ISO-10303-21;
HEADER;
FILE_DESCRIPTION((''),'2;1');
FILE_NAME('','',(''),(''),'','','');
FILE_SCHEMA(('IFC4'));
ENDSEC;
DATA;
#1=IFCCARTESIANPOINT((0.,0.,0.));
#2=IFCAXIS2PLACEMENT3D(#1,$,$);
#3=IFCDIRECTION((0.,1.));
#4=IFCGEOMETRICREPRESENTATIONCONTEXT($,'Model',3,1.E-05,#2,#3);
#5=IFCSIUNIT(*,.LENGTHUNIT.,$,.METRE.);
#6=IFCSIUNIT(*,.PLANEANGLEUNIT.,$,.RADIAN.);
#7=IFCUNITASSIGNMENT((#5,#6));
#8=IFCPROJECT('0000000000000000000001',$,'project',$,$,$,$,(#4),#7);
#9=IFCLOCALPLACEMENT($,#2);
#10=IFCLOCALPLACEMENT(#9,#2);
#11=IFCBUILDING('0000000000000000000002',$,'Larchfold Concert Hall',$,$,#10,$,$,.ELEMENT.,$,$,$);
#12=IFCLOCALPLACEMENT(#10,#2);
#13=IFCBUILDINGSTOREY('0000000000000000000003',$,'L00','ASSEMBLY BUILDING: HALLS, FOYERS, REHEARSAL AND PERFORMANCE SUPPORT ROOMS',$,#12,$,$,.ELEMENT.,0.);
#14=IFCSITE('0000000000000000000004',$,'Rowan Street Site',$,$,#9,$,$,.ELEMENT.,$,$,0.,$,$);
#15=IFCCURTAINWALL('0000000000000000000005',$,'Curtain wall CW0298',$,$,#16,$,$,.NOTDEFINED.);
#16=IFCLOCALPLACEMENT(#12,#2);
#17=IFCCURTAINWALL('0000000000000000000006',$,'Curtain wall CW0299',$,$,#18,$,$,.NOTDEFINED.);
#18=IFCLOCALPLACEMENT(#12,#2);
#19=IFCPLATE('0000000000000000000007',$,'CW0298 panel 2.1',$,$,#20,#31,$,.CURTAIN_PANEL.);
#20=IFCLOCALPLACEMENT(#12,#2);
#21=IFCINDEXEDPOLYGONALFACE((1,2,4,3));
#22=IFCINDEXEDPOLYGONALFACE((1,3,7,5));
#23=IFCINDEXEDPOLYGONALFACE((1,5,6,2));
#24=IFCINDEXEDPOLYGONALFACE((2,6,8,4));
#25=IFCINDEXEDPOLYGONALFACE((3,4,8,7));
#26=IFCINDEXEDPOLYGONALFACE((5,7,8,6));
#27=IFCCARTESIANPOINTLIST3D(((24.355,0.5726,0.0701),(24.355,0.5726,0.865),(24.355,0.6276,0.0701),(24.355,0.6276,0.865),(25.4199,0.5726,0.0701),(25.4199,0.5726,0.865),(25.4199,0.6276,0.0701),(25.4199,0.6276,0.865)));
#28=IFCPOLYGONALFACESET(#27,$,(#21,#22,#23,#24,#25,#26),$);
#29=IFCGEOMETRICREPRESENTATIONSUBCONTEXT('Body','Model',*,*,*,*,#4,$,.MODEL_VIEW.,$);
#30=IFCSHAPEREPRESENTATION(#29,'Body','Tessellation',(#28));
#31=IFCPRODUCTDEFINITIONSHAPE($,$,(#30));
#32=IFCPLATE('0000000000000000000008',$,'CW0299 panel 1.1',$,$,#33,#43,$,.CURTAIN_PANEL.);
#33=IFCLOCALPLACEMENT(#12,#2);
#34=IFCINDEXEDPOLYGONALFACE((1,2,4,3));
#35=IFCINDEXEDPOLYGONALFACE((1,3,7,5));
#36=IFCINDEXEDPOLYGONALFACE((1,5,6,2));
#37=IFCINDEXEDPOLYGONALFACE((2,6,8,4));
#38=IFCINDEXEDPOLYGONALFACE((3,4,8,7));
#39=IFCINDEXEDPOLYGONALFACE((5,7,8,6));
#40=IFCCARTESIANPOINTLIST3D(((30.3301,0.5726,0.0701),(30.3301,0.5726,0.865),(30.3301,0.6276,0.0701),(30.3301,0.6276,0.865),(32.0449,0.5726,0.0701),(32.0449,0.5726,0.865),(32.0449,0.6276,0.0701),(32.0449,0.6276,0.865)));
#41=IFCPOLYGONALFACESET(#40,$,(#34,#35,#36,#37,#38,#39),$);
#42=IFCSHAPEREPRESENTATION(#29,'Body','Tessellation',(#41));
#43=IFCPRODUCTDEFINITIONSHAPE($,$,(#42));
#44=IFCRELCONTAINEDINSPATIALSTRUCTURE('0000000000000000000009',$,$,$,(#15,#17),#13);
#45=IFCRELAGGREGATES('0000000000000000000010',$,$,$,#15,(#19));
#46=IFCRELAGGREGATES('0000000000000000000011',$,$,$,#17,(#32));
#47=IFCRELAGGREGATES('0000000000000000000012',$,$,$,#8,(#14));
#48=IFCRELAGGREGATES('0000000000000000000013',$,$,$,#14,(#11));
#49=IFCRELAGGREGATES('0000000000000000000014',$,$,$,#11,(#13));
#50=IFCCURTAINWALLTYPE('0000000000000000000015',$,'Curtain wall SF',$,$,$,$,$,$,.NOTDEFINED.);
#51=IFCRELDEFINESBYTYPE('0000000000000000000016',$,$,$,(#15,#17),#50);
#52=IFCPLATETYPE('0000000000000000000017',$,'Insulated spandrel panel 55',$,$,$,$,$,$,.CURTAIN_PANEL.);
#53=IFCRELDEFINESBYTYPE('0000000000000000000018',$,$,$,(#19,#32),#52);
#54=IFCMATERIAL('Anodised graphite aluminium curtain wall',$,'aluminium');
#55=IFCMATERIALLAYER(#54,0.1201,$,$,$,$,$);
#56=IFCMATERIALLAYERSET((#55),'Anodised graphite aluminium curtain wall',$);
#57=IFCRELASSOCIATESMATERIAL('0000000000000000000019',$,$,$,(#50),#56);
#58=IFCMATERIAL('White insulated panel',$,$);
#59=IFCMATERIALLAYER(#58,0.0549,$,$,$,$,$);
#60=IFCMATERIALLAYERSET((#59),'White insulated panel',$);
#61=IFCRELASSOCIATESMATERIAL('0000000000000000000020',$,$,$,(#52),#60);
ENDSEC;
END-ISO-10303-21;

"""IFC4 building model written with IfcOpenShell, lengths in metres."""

from ifc_helpers import new_model, si_unit, direction, frame, origin, origin_2d, place, context, subcontext, project, spatial, rectangle, extrude, material, layer, layer_set, type_object, element, aggregate, save


model = new_model("IFC4")

# Units and contexts
model_context = context("Model", 3, precision=1e-05, world=origin(), true_north=direction((0.0, 1.0)))
body_context = subcontext(model_context, "Body", "Model", "MODEL_VIEW")
ifc_project = project(units=[si_unit("LENGTHUNIT", "METRE"), si_unit("PLANEANGLEUNIT", "RADIAN")], contexts=[model_context])

# Site, building, storey
site_placement = place(None, origin())
site = spatial("IfcSite", under=ifc_project, at=site_placement, Name="Rowan Street Site", CompositionType="ELEMENT", RefElevation=0.0)
building_placement = place(site_placement, origin())
building = spatial("IfcBuilding", under=site, at=building_placement, Name="Larchfold Concert Hall", CompositionType="ELEMENT")
storey_placement = place(building_placement, origin())
storey = spatial("IfcBuildingStorey", under=building, at=storey_placement, Name="L00", Description="ASSEMBLY BUILDING: HALLS, FOYERS, REHEARSAL AND PERFORMANCE SUPPORT ROOMS", CompositionType="ELEMENT", Elevation=0.0)

# Curtain wall
ifc_material_1 = material(Name="Anodised graphite aluminium curtain wall", Category="aluminium")
ifc_layer_1 = layer(ifc_material_1, 0.1201)
ifc_layer_set_1 = layer_set([ifc_layer_1], Name="Anodised graphite aluminium curtain wall")
curtain_wall_type = type_object("IfcCurtainWallType", Name="Curtain wall SF", PredefinedType="NOTDEFINED", material=ifc_layer_set_1)
curtain_wall_1_placement = place(storey_placement, origin())
curtain_wall_1 = element("IfcCurtainWall", 1, at=curtain_wall_1_placement, inside=storey, type_object=curtain_wall_type, Name="Curtain wall CW0298", PredefinedType="NOTDEFINED")

# Curtain wall
curtain_wall_2_placement = place(storey_placement, origin())
curtain_wall_2 = element("IfcCurtainWall", 2, at=curtain_wall_2_placement, inside=storey, type_object=curtain_wall_type, Name="Curtain wall CW0299", PredefinedType="NOTDEFINED")

# Plates
ifc_material_2 = material(Name="White insulated panel")
ifc_layer_2 = layer(ifc_material_2, 0.0549)
ifc_layer_set_2 = layer_set([ifc_layer_2], Name="White insulated panel")
plate_type_1 = type_object("IfcPlateType", Name="Insulated spandrel panel 55", PredefinedType="CURTAIN_PANEL", material=ifc_layer_set_2)
plate_1_placement = place(storey_placement, frame((24.8875, 0.6001, 0.0701), z_axis=(0.0, 0.0, 1.0), x_axis=(1.0, 0.0, 0.0)))
plate_1 = element("IfcPlate", 3, at=plate_1_placement, type_object=plate_type_1, Name="CW0298 panel 2.1", PredefinedType="CURTAIN_PANEL", context=body_context, shape_type="SweptSolid", body=[
    extrude(rectangle(XDim=1.0649, YDim=0.0549, at=origin_2d()), origin(), (0.0, 0.0, 1.0), 0.7949),
])
aggregate(curtain_wall_1, [plate_1])
plate_2_placement = place(storey_placement, frame((31.1875, 0.6001, 0.0701), z_axis=(0.0, 0.0, 1.0), x_axis=(1.0, 0.0, 0.0)))
plate_2 = element("IfcPlate", 4, at=plate_2_placement, type_object=plate_type_1, Name="CW0299 panel 1.1", PredefinedType="CURTAIN_PANEL", context=body_context, shape_type="SweptSolid", body=[
    extrude(rectangle(XDim=1.7148, YDim=0.0549, at=origin_2d()), origin(), (0.0, 0.0, 1.0), 0.7949),
])
aggregate(curtain_wall_2, [plate_2])

save(model, "model.ifc")
